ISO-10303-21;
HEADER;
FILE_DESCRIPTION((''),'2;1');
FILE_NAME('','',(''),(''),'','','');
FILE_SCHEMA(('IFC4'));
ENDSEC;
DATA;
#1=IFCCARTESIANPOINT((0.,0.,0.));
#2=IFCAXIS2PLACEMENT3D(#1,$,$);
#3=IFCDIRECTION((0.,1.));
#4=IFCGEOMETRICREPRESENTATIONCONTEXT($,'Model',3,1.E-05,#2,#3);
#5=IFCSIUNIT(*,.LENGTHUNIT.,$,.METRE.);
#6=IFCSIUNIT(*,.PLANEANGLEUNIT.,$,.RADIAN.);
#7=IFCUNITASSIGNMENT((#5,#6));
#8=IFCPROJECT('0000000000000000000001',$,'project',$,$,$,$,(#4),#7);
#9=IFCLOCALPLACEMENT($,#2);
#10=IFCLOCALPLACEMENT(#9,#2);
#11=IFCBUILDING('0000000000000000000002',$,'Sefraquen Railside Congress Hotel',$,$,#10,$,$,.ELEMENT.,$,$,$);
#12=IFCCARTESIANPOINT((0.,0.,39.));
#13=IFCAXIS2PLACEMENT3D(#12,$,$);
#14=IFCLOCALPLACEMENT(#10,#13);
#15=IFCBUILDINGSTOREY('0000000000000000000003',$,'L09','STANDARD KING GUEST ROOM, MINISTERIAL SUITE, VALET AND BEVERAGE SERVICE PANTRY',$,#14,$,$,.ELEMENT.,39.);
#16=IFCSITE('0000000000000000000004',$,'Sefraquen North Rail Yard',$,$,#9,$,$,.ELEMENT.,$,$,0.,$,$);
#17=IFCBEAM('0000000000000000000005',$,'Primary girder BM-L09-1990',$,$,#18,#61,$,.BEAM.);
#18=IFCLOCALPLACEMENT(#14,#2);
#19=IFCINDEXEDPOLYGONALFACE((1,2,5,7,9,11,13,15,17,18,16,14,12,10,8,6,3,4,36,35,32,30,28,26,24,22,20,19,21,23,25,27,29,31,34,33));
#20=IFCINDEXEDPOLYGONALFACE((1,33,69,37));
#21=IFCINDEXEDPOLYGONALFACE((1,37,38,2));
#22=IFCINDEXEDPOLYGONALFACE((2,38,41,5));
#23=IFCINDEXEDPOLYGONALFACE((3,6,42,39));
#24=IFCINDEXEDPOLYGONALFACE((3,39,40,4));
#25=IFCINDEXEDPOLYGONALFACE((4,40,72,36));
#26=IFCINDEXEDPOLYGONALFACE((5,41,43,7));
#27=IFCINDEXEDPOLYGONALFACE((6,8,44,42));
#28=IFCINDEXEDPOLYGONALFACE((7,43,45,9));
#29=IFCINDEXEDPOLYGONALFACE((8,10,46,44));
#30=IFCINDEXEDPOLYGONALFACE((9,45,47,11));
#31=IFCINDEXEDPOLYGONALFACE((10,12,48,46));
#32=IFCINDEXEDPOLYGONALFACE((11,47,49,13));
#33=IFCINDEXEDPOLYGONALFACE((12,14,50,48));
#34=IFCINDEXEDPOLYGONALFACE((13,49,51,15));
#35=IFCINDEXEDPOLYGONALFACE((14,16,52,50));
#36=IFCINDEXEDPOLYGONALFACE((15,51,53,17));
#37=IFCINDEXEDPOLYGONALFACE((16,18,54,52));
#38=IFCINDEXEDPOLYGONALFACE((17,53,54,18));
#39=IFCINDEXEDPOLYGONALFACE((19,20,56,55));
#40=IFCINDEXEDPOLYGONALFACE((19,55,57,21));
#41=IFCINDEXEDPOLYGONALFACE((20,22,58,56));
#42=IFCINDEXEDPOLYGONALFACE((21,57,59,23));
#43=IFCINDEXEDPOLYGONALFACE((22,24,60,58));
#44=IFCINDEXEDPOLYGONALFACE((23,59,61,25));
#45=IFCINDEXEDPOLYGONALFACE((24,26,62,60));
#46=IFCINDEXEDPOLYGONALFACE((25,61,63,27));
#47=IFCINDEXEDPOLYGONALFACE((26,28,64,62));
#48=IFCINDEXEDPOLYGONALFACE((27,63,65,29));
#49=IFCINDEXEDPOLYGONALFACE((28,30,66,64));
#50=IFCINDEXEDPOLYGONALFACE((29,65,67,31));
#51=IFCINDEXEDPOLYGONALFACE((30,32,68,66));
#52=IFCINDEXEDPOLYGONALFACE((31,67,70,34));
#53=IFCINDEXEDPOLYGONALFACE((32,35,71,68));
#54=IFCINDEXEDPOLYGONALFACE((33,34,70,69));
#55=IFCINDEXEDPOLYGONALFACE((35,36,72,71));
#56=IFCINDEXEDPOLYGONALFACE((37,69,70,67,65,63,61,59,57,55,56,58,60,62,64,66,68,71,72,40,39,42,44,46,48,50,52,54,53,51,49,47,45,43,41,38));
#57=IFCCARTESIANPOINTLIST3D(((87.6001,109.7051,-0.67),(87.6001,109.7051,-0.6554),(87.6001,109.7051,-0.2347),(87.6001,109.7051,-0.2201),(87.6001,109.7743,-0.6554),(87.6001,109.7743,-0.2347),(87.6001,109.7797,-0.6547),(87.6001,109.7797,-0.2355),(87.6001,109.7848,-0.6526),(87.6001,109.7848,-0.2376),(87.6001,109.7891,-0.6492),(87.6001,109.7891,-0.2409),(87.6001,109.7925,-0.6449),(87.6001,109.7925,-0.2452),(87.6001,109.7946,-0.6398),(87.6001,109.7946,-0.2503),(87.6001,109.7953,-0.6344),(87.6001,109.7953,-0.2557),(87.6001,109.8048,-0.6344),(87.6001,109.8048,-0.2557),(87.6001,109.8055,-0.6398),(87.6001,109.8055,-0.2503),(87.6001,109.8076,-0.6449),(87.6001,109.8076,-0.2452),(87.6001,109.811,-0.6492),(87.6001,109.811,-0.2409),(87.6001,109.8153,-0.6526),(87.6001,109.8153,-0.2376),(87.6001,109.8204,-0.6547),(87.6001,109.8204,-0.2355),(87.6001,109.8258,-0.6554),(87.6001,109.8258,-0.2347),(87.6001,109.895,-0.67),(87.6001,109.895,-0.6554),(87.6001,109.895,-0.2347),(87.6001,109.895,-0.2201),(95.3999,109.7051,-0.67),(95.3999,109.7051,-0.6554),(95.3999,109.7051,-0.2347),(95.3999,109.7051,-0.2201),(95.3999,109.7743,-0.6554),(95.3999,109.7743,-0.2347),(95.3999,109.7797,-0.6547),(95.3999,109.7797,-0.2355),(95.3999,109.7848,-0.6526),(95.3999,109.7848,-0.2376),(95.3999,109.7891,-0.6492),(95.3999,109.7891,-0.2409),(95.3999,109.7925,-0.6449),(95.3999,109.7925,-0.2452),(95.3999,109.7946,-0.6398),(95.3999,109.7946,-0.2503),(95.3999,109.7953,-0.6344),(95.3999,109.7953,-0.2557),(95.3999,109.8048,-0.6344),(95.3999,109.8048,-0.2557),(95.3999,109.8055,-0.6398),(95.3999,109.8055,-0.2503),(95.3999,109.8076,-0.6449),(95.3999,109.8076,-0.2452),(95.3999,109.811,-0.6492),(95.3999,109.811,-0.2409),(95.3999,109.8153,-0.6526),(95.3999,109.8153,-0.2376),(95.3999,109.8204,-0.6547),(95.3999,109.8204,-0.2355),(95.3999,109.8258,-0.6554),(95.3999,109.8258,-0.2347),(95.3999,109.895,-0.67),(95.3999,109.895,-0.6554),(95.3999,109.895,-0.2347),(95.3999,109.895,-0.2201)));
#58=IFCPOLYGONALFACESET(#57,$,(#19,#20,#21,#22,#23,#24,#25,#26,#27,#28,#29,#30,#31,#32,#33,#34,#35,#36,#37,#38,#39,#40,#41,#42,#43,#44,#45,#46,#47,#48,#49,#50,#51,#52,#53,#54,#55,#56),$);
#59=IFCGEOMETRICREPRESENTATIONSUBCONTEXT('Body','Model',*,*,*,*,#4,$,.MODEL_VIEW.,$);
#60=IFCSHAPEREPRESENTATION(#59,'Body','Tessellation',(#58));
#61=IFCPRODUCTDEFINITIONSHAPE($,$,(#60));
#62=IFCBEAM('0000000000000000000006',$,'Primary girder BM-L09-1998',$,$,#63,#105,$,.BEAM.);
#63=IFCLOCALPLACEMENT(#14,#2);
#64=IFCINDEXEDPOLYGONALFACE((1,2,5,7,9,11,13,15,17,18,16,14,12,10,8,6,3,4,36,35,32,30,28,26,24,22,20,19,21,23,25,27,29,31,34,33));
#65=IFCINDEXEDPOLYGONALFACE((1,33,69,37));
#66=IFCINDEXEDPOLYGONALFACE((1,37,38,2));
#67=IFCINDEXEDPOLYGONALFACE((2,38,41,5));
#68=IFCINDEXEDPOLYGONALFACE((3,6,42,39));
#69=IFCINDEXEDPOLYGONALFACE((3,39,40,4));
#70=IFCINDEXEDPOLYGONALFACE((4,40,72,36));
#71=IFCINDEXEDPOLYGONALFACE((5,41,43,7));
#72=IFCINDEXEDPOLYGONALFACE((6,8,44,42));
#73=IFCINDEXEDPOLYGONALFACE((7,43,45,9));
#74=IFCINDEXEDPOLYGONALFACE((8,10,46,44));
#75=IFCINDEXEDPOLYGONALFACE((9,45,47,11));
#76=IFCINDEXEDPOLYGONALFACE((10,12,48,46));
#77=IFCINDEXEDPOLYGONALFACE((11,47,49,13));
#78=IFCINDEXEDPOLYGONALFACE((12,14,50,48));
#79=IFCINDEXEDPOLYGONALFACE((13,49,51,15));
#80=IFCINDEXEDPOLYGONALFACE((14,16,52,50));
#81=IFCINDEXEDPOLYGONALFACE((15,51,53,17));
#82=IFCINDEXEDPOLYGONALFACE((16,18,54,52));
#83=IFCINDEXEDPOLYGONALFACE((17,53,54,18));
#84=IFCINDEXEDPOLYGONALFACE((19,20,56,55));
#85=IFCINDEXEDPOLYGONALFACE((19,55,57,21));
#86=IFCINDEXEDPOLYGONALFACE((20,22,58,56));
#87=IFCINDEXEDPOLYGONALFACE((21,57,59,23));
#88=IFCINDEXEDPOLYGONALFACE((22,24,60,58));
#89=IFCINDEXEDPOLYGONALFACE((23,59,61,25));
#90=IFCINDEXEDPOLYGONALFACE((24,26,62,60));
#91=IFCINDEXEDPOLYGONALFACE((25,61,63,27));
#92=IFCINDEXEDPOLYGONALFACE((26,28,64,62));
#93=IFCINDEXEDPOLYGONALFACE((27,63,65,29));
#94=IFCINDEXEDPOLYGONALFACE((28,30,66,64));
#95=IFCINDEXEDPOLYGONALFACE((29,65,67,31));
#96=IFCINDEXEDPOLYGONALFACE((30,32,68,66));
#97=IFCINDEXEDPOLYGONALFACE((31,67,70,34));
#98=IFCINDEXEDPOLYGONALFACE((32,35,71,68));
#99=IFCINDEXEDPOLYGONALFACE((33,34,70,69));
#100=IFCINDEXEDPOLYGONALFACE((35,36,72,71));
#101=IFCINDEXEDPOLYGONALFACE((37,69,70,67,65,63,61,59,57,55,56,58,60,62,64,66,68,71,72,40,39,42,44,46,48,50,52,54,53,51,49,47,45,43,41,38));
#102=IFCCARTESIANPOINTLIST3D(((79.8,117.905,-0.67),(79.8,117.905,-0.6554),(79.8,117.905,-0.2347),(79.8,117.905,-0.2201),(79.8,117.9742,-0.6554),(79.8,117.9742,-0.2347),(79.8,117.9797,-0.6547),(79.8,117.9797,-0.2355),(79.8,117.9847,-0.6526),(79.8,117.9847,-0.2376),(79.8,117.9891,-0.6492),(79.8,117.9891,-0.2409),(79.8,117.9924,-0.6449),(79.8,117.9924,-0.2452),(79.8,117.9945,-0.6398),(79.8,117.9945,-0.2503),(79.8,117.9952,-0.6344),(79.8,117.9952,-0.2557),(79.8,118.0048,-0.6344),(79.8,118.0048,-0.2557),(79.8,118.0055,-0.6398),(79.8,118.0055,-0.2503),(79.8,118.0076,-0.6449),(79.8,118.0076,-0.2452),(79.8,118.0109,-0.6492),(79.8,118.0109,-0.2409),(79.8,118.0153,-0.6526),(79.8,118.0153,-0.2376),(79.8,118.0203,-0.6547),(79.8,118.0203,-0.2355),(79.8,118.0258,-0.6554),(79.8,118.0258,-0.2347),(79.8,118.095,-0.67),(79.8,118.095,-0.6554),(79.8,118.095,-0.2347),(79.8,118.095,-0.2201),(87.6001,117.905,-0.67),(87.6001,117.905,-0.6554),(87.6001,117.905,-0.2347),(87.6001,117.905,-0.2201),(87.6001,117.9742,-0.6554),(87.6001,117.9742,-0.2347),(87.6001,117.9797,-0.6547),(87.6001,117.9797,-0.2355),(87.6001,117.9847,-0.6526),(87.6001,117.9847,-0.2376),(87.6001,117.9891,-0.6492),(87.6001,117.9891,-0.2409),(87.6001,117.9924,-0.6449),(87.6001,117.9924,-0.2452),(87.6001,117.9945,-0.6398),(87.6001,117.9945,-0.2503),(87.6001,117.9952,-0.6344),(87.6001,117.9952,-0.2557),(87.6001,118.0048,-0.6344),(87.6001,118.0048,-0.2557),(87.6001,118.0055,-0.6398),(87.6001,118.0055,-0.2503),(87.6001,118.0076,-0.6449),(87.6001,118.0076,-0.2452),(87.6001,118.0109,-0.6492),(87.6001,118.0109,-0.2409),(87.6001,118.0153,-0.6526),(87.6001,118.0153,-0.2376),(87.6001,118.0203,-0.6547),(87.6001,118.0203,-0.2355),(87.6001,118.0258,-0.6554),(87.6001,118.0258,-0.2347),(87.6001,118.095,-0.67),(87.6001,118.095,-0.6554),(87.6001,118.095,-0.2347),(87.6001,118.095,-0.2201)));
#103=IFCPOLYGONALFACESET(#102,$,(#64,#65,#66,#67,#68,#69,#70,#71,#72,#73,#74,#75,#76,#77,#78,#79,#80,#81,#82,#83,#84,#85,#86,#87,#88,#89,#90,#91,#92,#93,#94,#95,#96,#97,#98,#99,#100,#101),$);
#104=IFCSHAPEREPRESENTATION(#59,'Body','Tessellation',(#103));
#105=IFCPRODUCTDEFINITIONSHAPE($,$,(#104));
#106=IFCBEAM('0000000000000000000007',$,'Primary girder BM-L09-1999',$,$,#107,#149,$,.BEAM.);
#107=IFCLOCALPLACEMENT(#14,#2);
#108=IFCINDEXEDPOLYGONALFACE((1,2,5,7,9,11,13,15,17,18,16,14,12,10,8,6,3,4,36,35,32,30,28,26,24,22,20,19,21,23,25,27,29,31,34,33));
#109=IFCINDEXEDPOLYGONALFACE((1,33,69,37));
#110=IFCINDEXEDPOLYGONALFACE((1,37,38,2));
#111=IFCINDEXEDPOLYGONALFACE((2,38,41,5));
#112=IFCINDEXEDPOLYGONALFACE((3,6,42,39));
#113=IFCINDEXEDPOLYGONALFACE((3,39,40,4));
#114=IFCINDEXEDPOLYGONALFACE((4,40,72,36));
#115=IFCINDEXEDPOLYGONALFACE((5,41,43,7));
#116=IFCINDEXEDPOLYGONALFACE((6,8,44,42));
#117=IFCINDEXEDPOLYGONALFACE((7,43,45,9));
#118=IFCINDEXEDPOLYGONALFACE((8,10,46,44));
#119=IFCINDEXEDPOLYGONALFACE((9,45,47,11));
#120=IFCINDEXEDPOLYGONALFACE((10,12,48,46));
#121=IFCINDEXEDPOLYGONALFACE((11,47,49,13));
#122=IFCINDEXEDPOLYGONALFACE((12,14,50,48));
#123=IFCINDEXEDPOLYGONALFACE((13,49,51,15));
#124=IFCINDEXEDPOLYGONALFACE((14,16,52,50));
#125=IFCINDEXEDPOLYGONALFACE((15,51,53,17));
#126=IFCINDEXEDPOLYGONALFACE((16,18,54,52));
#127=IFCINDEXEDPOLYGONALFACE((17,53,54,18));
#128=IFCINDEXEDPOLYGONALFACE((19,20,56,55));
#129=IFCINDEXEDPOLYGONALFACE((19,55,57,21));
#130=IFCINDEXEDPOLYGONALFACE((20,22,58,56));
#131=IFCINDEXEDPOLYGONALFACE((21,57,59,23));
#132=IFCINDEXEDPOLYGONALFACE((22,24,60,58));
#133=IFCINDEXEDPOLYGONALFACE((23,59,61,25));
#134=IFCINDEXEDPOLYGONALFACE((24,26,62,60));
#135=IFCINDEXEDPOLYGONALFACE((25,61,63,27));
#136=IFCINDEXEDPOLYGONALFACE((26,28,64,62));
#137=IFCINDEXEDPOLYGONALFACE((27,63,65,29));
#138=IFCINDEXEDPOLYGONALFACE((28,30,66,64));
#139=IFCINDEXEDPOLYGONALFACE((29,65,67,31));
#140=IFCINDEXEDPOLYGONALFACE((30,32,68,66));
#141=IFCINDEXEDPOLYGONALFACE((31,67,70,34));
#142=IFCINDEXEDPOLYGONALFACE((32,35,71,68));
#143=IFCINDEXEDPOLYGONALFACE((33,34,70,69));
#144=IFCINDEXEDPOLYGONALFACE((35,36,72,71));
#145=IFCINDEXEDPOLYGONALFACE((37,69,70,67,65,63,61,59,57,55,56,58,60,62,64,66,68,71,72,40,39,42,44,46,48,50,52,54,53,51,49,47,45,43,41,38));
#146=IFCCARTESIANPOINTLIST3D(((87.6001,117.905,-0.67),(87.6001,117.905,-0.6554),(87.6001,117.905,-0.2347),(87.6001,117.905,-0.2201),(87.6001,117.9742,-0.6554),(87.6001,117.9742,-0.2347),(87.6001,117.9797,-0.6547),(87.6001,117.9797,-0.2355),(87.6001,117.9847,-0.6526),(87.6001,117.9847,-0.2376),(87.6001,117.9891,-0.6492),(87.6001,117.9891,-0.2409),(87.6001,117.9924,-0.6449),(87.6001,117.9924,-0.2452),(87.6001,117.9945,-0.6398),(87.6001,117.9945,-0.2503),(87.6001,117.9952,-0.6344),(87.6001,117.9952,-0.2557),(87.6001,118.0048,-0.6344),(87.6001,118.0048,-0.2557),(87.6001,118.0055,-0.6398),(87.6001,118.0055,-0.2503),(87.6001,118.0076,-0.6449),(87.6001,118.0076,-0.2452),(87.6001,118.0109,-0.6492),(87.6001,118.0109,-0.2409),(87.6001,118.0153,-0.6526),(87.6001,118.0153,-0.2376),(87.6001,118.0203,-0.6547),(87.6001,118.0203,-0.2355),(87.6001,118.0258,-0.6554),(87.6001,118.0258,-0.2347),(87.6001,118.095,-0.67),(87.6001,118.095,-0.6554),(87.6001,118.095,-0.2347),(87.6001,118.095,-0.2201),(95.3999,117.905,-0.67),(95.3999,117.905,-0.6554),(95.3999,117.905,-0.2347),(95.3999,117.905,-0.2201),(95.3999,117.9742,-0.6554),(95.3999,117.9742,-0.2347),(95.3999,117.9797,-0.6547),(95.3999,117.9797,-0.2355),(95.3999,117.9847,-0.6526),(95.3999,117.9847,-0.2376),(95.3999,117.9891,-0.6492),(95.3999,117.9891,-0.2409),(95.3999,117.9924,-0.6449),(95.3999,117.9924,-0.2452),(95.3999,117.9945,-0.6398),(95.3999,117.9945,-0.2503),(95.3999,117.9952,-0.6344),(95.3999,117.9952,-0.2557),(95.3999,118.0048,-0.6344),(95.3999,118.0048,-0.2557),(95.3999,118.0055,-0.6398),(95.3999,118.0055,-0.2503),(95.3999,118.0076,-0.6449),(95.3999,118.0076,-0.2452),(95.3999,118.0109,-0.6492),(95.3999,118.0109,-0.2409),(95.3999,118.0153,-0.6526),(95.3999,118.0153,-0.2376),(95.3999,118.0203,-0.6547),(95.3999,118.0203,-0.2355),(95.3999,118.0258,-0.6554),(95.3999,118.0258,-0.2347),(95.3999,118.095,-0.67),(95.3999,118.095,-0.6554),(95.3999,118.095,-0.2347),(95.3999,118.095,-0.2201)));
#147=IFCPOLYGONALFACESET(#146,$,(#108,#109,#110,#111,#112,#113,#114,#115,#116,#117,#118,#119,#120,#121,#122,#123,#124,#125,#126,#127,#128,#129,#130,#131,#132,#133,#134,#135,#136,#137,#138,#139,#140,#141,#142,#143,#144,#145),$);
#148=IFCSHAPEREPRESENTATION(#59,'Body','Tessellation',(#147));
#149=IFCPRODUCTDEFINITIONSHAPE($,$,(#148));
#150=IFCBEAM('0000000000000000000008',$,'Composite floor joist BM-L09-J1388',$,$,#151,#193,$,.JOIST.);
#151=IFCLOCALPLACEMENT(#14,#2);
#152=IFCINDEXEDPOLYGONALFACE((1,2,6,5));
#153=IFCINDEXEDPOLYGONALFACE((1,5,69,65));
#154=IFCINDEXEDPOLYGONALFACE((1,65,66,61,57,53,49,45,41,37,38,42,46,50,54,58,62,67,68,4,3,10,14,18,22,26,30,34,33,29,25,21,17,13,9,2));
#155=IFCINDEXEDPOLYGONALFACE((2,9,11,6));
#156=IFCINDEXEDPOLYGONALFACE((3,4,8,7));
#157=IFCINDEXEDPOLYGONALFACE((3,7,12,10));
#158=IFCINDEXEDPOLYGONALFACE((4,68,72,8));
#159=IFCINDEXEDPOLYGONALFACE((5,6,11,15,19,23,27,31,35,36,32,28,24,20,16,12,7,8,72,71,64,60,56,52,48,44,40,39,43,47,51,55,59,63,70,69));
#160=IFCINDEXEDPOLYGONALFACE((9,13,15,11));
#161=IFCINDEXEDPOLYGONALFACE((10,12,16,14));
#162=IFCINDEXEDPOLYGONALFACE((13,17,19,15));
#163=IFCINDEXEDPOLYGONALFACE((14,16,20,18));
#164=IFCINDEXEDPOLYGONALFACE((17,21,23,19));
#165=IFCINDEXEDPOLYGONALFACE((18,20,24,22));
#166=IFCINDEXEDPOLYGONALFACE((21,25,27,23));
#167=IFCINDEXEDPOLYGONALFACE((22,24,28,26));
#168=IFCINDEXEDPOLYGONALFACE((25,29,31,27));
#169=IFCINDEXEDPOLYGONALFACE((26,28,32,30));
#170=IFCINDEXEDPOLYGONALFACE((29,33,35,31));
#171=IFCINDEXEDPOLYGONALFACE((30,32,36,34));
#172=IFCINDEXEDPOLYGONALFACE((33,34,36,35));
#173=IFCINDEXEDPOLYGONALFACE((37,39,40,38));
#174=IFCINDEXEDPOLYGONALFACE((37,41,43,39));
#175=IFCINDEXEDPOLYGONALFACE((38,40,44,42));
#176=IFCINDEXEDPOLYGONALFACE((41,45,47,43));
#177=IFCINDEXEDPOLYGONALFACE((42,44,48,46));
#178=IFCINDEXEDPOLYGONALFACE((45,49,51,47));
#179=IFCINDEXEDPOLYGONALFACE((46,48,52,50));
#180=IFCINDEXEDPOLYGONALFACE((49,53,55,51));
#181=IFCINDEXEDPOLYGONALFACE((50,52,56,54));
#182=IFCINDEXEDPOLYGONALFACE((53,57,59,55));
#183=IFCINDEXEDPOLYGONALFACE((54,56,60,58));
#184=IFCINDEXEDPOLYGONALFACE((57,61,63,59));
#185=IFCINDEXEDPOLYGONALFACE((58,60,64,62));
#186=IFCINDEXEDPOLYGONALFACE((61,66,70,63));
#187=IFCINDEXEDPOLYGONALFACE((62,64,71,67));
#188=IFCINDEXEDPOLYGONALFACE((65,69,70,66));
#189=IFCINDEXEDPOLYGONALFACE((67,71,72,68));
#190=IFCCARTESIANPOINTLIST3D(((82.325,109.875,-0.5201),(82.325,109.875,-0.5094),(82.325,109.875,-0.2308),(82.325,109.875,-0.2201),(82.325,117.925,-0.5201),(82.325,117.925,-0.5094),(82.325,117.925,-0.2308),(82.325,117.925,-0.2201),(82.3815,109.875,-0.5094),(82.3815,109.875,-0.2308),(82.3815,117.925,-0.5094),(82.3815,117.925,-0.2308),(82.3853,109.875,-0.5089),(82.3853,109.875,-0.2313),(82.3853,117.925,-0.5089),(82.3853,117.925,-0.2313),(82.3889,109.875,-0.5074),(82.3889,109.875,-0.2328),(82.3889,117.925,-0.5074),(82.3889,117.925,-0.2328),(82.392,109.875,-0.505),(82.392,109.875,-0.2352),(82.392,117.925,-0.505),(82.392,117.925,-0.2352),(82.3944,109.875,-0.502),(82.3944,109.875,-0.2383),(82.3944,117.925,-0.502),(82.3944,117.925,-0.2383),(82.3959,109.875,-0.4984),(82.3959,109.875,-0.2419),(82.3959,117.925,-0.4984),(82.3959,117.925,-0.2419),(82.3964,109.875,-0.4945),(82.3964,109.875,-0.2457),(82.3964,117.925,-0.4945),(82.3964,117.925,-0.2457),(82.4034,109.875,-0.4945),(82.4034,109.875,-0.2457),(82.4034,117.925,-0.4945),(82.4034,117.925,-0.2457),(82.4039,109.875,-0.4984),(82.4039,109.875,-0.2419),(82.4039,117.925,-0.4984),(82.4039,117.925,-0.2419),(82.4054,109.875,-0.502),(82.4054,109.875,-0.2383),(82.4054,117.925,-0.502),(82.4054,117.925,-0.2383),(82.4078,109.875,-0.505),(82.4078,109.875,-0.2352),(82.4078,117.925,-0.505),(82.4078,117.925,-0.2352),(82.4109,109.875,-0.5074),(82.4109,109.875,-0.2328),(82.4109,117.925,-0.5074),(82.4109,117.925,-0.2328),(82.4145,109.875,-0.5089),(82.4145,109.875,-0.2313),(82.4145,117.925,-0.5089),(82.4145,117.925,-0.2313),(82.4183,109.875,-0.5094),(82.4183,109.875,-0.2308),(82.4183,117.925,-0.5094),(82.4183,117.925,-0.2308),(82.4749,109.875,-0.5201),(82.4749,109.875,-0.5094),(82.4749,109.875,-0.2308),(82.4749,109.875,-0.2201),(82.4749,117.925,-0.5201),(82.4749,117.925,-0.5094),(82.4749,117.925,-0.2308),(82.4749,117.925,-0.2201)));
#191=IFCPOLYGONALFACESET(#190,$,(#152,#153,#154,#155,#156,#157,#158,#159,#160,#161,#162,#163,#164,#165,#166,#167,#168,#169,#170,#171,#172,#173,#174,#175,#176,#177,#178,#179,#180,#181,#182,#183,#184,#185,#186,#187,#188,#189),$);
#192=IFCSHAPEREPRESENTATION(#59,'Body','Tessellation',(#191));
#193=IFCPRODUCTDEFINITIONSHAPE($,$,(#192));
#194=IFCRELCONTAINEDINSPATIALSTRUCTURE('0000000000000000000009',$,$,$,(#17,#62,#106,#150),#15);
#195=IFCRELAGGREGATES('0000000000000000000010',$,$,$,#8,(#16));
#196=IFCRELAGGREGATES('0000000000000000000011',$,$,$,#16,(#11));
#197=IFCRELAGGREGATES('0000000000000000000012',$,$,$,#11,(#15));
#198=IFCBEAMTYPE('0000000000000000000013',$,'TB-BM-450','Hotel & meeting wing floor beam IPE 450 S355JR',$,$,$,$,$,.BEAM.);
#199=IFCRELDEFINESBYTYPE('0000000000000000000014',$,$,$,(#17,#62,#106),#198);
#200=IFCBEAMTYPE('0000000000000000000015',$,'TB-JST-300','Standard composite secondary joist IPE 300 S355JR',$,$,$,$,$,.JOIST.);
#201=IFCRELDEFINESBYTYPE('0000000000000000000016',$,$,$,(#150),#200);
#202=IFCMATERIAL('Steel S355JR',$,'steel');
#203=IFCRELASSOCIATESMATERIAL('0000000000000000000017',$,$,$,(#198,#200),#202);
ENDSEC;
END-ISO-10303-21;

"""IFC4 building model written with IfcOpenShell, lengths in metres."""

from ifc_helpers import new_model, si_unit, direction, frame, origin, origin_2d, place, context, subcontext, project, spatial, i_section, extrude, material, material_profile, profile_set, type_object, element, save


model = new_model("IFC4")

# Units and contexts
model_context = context("Model", 3, precision=1e-05, world=origin(), true_north=direction((0.0, 1.0)))
body_context = subcontext(model_context, "Body", "Model", "MODEL_VIEW")
ifc_project = project(units=[si_unit("LENGTHUNIT", "METRE"), si_unit("PLANEANGLEUNIT", "RADIAN")], contexts=[model_context])

# Site, building, storey
site_placement = place(None, origin())
site = spatial("IfcSite", under=ifc_project, at=site_placement, Name="Sefraquen North Rail Yard", CompositionType="ELEMENT", RefElevation=0.0)
building_placement = place(site_placement, origin())
building = spatial("IfcBuilding", under=site, at=building_placement, Name="Sefraquen Railside Congress Hotel", CompositionType="ELEMENT")
storey_placement = place(building_placement, frame((0.0, 0.0, 39.0)))
storey = spatial("IfcBuildingStorey", under=building, at=storey_placement, Name="L09", Description="STANDARD KING GUEST ROOM, MINISTERIAL SUITE, VALET AND BEVERAGE SERVICE PANTRY", CompositionType="ELEMENT", Elevation=39.0)

# Shared definitions
ifc_material_1 = material(Name="Steel S355JR", Category="steel")

# Beams
ifc_material_profile_1 = material_profile(ifc_material_1, i_section(OverallWidth=0.1899, OverallDepth=0.45, WebThickness=0.0095, FlangeThickness=0.0146, FilletRadius=0.021, at=origin_2d()), Name="IPE 450")
ifc_profile_set_1 = profile_set([ifc_material_profile_1], Name="Steel S355JR")
beam_type_1 = type_object("IfcBeamType", Name="TB-BM-450", Description="Hotel & meeting wing floor beam IPE 450 S355JR", PredefinedType="BEAM", material=ifc_profile_set_1)
beam_1_placement = place(storey_placement, frame((87.6001, 109.8, -0.4451), z_axis=(1.0, 0.0, 0.0), x_axis=(0.0, 1.0, 0.0)))
element("IfcBeam", 1, at=beam_1_placement, inside=storey, type_object=beam_type_1, Name="Primary girder BM-L09-1990", PredefinedType="BEAM", context=body_context, shape_type="SweptSolid", body=[
    extrude(i_section(OverallWidth=0.1899, OverallDepth=0.45, WebThickness=0.0095, FlangeThickness=0.0146, FilletRadius=0.021, at=origin_2d()), origin(), (0.0, 0.0, 1.0), 7.7998),
])
beam_2_placement = place(storey_placement, frame((79.8, 118.0, -0.4451), z_axis=(1.0, 0.0, 0.0), x_axis=(0.0, 1.0, 0.0)))
element("IfcBeam", 2, at=beam_2_placement, inside=storey, type_object=beam_type_1, Name="Primary girder BM-L09-1998", PredefinedType="BEAM", context=body_context, shape_type="SweptSolid", body=[
    extrude(i_section(OverallWidth=0.1899, OverallDepth=0.45, WebThickness=0.0095, FlangeThickness=0.0146, FilletRadius=0.021, at=origin_2d()), origin(), (0.0, 0.0, 1.0), 7.8),
])
beam_3_placement = place(storey_placement, frame((87.6001, 118.0, -0.4451), z_axis=(1.0, 0.0, 0.0), x_axis=(0.0, 1.0, 0.0)))
element("IfcBeam", 3, at=beam_3_placement, inside=storey, type_object=beam_type_1, Name="Primary girder BM-L09-1999", PredefinedType="BEAM", context=body_context, shape_type="SweptSolid", body=[
    extrude(i_section(OverallWidth=0.1899, OverallDepth=0.45, WebThickness=0.0095, FlangeThickness=0.0146, FilletRadius=0.021, at=origin_2d()), origin(), (0.0, 0.0, 1.0), 7.7998),
])
ifc_material_profile_2 = material_profile(ifc_material_1, i_section(OverallWidth=0.1499, OverallDepth=0.3, WebThickness=0.0071, FlangeThickness=0.0107, FilletRadius=0.0149, at=origin_2d()), Name="IPE 300")
ifc_profile_set_2 = profile_set([ifc_material_profile_2], Name="Steel S355JR")
beam_type_2 = type_object("IfcBeamType", Name="TB-JST-300", Description="Standard composite secondary joist IPE 300 S355JR", PredefinedType="JOIST", material=ifc_profile_set_2)
for number, where, z_axis, x_axis, name in (
    (4, (82.3999, 109.875, -0.3701), (0.0, 1.0, 0.0), (-1.0, 0.0, 0.0), "Composite floor joist BM-L09-J1388"),
):
    element("IfcBeam", number, at=place(storey_placement, frame(where, z_axis=z_axis, x_axis=x_axis)), inside=storey, type_object=beam_type_2, Name=name, PredefinedType="JOIST", context=body_context, shape_type="SweptSolid", body=[
        extrude(i_section(OverallWidth=0.1499, OverallDepth=0.3, WebThickness=0.0071, FlangeThickness=0.0107, FilletRadius=0.0149, at=origin_2d()), origin(), (0.0, 0.0, 1.0), 8.05),
    ])

save(model, "model.ifc")
